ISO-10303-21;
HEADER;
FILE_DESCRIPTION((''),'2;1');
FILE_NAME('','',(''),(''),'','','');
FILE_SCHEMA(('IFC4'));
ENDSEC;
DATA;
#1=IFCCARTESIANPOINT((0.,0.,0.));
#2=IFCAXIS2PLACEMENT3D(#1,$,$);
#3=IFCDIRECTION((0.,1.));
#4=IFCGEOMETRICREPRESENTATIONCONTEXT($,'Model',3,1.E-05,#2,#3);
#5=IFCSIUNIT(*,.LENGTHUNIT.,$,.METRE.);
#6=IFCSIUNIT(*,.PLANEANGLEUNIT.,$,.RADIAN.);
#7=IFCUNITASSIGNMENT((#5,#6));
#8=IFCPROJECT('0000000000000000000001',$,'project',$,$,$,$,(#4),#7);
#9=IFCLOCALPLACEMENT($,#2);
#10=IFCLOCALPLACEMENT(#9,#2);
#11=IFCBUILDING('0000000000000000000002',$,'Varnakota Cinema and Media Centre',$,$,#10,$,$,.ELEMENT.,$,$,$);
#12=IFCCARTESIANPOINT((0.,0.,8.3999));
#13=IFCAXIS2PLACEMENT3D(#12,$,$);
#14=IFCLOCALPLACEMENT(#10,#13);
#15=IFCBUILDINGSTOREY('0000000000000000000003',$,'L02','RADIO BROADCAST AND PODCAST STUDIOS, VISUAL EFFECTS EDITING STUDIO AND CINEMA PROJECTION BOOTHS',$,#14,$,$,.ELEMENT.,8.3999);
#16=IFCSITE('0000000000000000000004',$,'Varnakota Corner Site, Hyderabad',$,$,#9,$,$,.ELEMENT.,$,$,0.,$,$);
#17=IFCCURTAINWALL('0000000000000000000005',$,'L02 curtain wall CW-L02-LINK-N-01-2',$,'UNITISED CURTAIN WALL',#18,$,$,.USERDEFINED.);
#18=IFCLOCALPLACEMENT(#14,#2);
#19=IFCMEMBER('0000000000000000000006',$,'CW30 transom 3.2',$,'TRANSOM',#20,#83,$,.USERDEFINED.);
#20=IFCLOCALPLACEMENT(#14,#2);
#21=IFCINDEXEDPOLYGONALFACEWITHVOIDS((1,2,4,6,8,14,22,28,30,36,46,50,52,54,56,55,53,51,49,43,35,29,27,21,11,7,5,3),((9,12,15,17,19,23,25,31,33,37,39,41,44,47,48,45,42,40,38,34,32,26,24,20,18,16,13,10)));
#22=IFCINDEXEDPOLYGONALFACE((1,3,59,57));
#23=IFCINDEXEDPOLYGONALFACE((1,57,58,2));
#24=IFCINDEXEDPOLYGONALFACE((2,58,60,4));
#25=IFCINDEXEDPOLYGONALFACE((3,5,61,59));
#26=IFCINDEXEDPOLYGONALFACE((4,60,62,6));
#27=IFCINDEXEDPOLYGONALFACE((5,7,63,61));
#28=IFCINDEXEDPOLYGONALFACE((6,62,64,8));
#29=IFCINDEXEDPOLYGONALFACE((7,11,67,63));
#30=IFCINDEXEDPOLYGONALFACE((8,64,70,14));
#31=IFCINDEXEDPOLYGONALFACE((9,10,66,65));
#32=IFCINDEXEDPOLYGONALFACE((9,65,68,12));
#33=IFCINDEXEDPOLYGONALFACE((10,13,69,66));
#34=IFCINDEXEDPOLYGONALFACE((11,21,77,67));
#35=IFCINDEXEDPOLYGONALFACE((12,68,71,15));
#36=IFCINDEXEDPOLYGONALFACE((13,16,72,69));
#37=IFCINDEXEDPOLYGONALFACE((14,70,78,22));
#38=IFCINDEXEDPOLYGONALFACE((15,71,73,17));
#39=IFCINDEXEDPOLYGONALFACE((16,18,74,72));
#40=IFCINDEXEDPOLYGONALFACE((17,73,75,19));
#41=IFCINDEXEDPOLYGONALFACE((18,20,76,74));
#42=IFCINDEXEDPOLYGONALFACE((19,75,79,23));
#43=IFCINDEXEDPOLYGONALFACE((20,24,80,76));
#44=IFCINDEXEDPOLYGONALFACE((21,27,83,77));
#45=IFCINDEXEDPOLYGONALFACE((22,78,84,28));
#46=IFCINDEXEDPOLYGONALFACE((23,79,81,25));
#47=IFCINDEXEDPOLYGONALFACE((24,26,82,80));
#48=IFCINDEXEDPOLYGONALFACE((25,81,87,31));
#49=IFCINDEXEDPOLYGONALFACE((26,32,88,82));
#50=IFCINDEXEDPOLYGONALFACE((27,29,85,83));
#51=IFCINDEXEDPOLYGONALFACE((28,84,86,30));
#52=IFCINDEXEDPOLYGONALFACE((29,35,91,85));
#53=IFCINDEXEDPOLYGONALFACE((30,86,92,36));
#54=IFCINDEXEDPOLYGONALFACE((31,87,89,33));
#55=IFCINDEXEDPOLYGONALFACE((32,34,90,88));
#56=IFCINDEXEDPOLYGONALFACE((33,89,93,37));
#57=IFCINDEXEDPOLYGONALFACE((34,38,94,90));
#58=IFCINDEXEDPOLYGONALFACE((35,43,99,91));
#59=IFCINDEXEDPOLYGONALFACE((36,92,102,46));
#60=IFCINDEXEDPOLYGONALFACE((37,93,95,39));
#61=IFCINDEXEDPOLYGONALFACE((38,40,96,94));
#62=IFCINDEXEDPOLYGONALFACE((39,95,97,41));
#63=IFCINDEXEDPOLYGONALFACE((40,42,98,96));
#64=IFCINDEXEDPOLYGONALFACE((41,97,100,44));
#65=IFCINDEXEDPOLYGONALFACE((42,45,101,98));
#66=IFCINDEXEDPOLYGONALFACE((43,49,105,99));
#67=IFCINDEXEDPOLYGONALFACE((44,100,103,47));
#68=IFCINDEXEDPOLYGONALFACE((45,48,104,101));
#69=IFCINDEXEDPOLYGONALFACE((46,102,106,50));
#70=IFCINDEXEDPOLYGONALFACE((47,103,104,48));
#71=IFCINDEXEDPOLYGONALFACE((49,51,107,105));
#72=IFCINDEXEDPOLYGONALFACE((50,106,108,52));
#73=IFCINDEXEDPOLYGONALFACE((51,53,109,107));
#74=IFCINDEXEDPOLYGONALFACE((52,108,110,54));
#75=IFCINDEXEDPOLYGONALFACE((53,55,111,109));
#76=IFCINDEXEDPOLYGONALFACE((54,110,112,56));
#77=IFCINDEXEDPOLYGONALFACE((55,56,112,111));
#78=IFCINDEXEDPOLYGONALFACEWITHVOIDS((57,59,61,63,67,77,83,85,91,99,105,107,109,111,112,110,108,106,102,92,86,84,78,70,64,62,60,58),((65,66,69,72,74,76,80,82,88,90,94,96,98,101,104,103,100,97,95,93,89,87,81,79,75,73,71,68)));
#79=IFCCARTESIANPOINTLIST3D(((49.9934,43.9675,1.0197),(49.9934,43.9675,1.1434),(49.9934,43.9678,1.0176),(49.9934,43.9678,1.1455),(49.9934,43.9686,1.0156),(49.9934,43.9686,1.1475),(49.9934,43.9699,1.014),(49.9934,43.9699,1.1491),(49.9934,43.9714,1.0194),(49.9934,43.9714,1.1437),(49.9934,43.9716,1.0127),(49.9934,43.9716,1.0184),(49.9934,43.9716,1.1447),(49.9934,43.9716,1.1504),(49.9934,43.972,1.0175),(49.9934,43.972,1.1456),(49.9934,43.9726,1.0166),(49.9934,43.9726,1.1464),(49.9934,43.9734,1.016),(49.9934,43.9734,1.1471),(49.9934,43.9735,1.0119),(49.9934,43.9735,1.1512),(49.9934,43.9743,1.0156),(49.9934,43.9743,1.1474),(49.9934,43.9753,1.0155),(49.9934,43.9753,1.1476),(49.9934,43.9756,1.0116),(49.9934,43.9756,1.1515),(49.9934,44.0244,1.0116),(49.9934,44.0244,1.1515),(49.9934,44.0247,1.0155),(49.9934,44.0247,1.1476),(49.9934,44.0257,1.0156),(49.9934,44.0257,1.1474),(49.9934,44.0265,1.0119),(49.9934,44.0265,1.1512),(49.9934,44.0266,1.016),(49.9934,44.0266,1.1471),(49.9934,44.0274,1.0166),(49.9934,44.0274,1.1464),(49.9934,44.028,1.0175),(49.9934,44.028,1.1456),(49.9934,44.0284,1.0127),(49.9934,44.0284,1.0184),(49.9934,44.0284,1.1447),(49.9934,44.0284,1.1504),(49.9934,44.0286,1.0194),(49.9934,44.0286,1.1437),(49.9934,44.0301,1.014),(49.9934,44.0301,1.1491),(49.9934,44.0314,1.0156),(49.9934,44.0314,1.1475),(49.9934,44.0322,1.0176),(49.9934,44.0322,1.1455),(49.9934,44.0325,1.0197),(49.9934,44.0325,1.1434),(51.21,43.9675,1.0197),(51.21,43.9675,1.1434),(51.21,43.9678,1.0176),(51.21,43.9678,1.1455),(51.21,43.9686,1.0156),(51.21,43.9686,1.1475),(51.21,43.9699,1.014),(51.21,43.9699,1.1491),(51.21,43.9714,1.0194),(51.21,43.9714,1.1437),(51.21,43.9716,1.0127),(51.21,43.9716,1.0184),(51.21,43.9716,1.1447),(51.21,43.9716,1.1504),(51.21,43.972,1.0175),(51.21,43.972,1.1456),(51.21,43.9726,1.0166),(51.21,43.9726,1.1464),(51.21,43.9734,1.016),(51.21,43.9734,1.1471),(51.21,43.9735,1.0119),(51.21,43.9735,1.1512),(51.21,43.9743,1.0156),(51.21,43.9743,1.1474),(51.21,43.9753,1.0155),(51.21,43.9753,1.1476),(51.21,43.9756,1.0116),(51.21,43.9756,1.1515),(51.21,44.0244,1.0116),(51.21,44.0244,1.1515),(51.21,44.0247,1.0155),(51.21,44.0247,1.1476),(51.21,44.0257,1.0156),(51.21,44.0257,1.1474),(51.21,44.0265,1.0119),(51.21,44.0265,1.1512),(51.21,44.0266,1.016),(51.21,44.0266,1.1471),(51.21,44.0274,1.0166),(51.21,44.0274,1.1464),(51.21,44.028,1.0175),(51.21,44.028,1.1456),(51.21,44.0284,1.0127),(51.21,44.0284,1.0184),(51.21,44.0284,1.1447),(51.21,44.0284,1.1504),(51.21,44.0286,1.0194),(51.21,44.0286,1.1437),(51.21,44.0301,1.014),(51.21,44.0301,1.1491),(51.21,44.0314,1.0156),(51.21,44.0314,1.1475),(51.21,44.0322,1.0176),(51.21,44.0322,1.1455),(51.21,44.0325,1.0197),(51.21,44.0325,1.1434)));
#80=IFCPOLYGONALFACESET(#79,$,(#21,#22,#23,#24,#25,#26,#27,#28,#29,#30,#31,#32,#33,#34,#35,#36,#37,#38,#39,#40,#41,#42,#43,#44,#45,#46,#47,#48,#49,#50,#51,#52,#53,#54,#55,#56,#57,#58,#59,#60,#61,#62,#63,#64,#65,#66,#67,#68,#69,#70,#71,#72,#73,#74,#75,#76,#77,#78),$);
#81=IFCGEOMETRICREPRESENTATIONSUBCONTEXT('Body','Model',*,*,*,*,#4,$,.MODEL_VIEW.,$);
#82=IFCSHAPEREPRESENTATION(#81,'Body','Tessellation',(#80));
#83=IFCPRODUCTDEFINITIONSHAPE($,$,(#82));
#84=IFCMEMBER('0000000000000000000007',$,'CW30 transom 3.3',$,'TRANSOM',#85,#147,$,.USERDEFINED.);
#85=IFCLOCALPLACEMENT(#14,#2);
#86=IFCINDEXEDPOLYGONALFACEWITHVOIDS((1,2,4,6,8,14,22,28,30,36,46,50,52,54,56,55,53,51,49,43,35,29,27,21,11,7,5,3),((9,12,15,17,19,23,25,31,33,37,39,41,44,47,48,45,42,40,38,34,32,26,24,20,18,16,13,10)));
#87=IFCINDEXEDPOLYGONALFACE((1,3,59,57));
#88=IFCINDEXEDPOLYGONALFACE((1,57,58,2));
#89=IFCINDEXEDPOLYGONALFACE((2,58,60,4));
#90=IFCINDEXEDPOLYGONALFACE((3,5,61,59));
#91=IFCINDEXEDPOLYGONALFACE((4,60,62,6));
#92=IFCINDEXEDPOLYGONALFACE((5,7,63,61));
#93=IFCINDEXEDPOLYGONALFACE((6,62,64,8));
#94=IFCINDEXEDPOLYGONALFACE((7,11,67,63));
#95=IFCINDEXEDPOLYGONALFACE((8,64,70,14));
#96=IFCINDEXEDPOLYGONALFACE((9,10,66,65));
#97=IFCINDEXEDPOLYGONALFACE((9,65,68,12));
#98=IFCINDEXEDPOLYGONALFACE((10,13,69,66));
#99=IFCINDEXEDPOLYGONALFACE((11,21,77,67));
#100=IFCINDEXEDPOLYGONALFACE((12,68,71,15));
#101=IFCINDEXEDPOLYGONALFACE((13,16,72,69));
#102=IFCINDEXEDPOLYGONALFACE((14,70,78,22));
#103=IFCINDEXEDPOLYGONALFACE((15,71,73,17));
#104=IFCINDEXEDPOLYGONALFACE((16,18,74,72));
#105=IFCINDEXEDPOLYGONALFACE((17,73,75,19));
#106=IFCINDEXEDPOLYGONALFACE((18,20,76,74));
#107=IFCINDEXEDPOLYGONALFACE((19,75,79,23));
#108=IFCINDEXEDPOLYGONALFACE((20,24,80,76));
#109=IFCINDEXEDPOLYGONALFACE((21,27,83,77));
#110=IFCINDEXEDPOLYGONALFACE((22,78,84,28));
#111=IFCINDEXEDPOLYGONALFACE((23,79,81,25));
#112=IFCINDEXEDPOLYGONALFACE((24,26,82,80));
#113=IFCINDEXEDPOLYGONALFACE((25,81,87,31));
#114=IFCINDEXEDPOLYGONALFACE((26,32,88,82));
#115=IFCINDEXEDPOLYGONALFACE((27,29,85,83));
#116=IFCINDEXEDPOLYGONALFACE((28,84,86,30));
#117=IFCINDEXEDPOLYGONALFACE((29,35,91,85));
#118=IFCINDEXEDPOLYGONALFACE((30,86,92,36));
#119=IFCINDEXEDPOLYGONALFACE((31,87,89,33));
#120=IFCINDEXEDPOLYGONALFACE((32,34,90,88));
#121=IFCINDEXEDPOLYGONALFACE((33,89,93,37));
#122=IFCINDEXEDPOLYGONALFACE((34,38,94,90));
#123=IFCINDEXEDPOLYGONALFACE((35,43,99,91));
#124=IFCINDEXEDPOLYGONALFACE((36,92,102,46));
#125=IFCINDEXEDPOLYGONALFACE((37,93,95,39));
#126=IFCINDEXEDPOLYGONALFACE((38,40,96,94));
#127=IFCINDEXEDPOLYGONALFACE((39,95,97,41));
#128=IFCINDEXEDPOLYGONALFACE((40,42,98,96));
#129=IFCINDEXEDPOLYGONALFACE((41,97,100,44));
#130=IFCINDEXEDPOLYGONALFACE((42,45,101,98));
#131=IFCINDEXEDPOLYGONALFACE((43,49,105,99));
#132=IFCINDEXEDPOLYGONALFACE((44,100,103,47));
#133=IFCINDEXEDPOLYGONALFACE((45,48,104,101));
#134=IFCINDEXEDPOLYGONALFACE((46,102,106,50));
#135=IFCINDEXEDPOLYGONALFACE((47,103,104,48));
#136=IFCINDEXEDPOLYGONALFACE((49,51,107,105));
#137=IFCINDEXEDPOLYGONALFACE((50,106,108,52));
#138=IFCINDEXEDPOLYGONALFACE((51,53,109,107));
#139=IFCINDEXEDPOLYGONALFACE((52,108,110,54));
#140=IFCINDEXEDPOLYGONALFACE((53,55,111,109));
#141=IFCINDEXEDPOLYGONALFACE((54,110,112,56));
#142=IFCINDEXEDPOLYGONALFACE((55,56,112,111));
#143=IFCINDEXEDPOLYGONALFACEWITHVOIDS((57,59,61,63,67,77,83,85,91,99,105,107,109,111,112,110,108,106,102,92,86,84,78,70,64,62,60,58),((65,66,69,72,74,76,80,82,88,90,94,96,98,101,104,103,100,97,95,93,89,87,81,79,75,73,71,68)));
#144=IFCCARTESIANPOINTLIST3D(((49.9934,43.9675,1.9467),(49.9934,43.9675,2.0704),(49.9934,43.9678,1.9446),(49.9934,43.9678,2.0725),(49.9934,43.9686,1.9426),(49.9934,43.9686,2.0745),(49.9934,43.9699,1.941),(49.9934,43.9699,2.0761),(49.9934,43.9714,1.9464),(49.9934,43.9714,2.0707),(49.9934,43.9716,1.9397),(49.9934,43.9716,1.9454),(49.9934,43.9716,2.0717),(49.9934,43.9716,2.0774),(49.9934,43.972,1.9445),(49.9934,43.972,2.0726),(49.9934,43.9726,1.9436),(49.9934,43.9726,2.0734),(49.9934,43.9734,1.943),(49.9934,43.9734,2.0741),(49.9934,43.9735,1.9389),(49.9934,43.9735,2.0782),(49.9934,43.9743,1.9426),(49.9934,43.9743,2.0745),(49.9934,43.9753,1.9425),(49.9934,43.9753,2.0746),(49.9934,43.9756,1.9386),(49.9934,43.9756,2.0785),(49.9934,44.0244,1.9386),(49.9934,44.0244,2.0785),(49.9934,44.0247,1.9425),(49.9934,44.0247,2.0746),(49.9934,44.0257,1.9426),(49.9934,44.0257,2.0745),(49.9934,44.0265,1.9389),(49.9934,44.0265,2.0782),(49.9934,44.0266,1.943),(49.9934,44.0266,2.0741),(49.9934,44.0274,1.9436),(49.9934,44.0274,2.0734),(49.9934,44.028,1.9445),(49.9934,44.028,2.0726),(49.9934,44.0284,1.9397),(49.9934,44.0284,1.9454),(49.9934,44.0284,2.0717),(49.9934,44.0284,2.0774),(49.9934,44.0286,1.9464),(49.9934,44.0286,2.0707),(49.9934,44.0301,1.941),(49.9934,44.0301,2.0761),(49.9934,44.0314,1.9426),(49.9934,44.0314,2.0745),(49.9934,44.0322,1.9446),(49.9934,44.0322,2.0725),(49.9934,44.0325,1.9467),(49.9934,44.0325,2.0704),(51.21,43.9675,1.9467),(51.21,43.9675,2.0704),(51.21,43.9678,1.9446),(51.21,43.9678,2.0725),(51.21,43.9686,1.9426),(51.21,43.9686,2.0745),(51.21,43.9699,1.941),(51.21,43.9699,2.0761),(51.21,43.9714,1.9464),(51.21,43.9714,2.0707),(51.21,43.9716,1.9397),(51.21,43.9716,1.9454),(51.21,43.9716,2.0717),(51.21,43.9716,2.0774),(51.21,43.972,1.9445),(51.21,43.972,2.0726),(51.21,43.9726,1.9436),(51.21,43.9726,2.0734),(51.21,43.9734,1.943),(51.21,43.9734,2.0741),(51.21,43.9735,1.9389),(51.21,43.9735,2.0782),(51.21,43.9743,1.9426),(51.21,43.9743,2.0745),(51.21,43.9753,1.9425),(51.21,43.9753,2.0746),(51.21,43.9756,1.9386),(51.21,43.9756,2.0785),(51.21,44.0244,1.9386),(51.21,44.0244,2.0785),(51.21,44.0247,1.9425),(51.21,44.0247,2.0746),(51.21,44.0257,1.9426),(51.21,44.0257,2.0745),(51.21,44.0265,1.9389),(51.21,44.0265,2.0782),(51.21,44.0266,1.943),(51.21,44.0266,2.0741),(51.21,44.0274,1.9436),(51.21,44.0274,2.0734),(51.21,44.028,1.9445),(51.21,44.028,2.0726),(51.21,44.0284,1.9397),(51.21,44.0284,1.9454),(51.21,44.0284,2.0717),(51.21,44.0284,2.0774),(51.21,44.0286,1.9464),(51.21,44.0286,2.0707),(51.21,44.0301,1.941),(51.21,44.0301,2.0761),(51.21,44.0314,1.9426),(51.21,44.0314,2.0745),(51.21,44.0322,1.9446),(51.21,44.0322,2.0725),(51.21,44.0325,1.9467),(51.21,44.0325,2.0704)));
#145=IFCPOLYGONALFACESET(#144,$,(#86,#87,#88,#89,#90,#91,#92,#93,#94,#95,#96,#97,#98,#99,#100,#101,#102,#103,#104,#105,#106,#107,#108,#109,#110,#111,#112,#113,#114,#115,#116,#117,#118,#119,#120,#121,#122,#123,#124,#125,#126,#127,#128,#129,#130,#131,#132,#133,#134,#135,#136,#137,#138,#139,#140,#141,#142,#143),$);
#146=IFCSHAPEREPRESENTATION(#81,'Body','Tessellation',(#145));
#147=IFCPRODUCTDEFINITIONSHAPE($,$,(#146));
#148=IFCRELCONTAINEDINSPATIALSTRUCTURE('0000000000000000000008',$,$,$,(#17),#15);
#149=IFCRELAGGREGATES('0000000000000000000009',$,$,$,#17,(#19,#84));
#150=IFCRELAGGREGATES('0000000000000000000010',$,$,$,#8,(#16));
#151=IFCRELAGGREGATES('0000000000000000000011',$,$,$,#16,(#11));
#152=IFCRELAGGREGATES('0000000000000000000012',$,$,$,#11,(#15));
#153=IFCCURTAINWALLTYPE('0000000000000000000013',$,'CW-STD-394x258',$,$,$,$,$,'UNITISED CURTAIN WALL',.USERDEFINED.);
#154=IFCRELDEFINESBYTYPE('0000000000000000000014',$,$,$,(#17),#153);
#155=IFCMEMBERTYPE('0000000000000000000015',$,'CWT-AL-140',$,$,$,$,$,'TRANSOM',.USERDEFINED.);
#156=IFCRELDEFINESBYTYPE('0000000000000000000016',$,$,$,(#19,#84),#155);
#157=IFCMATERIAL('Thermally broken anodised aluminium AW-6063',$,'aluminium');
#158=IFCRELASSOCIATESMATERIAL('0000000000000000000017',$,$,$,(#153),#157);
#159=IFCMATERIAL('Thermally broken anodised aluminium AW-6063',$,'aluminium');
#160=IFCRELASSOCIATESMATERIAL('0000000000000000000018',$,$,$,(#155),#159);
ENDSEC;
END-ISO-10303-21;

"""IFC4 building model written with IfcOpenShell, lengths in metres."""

from ifc_helpers import new_model, si_unit, direction, frame, origin, origin_2d, place, context, subcontext, project, spatial, hollow_rectangle, extrude, material, material_profile, profile_set, type_object, element, aggregate, save


model = new_model("IFC4")

# Units and contexts
model_context = context("Model", 3, precision=1e-05, world=origin(), true_north=direction((0.0, 1.0)))
body_context = subcontext(model_context, "Body", "Model", "MODEL_VIEW")
ifc_project = project(units=[si_unit("LENGTHUNIT", "METRE"), si_unit("PLANEANGLEUNIT", "RADIAN")], contexts=[model_context])

# Site, building, storey
site_placement = place(None, origin())
site = spatial("IfcSite", under=ifc_project, at=site_placement, Name="Varnakota Corner Site, Hyderabad", CompositionType="ELEMENT", RefElevation=0.0)
building_placement = place(site_placement, origin())
building = spatial("IfcBuilding", under=site, at=building_placement, Name="Varnakota Cinema and Media Centre", CompositionType="ELEMENT")
storey_placement = place(building_placement, frame((0.0, 0.0, 8.3999)))
storey = spatial("IfcBuildingStorey", under=building, at=storey_placement, Name="L02", Description="RADIO BROADCAST AND PODCAST STUDIOS, VISUAL EFFECTS EDITING STUDIO AND CINEMA PROJECTION BOOTHS", CompositionType="ELEMENT", Elevation=8.3999)

# Shared definitions
ifc_material_1 = material(Name="Thermally broken anodised aluminium AW-6063", Category="aluminium")
curtain_wall_type = type_object("IfcCurtainWallType", Name="CW-STD-394x258", ElementType="UNITISED CURTAIN WALL", PredefinedType="USERDEFINED", material=ifc_material_1)

# Curtain wall, members
curtain_wall_1_placement = place(storey_placement, origin())
curtain_wall_1 = element("IfcCurtainWall", 1, at=curtain_wall_1_placement, inside=storey, type_object=curtain_wall_type, Name="L02 curtain wall CW-L02-LINK-N-01-2", ObjectType="UNITISED CURTAIN WALL", PredefinedType="USERDEFINED")
ifc_material_2 = material(Name="Thermally broken anodised aluminium AW-6063", Category="aluminium")
ifc_material_profile_1 = material_profile(ifc_material_2, hollow_rectangle(XDim=0.0649, YDim=0.1399, WallThickness=0.0039, InnerFilletRadius=0.0039, OuterFilletRadius=0.0081, at=origin_2d()), Name="AL-TRANSOM 140x65x4")
ifc_profile_set_1 = profile_set([ifc_material_profile_1], Name="Thermally broken anodised aluminium AW-6063")
member_type_1 = type_object("IfcMemberType", Name="CWT-AL-140", ElementType="TRANSOM", PredefinedType="USERDEFINED", material=ifc_profile_set_1)
member_1_placement = place(storey_placement, frame((49.9934, 44.0, 1.0815), z_axis=(1.0, 0.0, 0.0), x_axis=(0.0, 1.0, 0.0)))
member_1 = element("IfcMember", 2, at=member_1_placement, type_object=member_type_1, Name="CW30 transom 3.2", ObjectType="TRANSOM", PredefinedType="USERDEFINED", context=body_context, shape_type="SweptSolid", body=[
    extrude(hollow_rectangle(XDim=0.0649, YDim=0.1399, WallThickness=0.0039, InnerFilletRadius=0.0039, OuterFilletRadius=0.0081, at=origin_2d()), origin(), (0.0, 0.0, 1.0), 1.2166),
])
member_2_placement = place(storey_placement, frame((49.9934, 44.0, 2.0085), z_axis=(1.0, 0.0, 0.0), x_axis=(0.0, 1.0, 0.0)))
member_2 = element("IfcMember", 3, at=member_2_placement, type_object=member_type_1, Name="CW30 transom 3.3", ObjectType="TRANSOM", PredefinedType="USERDEFINED", context=body_context, shape_type="SweptSolid", body=[
    extrude(hollow_rectangle(XDim=0.0649, YDim=0.1399, WallThickness=0.0039, InnerFilletRadius=0.0039, OuterFilletRadius=0.0081, at=origin_2d()), origin(), (0.0, 0.0, 1.0), 1.2166),
])

aggregate(curtain_wall_1, [member_1, member_2])

save(model, "model.ifc")
